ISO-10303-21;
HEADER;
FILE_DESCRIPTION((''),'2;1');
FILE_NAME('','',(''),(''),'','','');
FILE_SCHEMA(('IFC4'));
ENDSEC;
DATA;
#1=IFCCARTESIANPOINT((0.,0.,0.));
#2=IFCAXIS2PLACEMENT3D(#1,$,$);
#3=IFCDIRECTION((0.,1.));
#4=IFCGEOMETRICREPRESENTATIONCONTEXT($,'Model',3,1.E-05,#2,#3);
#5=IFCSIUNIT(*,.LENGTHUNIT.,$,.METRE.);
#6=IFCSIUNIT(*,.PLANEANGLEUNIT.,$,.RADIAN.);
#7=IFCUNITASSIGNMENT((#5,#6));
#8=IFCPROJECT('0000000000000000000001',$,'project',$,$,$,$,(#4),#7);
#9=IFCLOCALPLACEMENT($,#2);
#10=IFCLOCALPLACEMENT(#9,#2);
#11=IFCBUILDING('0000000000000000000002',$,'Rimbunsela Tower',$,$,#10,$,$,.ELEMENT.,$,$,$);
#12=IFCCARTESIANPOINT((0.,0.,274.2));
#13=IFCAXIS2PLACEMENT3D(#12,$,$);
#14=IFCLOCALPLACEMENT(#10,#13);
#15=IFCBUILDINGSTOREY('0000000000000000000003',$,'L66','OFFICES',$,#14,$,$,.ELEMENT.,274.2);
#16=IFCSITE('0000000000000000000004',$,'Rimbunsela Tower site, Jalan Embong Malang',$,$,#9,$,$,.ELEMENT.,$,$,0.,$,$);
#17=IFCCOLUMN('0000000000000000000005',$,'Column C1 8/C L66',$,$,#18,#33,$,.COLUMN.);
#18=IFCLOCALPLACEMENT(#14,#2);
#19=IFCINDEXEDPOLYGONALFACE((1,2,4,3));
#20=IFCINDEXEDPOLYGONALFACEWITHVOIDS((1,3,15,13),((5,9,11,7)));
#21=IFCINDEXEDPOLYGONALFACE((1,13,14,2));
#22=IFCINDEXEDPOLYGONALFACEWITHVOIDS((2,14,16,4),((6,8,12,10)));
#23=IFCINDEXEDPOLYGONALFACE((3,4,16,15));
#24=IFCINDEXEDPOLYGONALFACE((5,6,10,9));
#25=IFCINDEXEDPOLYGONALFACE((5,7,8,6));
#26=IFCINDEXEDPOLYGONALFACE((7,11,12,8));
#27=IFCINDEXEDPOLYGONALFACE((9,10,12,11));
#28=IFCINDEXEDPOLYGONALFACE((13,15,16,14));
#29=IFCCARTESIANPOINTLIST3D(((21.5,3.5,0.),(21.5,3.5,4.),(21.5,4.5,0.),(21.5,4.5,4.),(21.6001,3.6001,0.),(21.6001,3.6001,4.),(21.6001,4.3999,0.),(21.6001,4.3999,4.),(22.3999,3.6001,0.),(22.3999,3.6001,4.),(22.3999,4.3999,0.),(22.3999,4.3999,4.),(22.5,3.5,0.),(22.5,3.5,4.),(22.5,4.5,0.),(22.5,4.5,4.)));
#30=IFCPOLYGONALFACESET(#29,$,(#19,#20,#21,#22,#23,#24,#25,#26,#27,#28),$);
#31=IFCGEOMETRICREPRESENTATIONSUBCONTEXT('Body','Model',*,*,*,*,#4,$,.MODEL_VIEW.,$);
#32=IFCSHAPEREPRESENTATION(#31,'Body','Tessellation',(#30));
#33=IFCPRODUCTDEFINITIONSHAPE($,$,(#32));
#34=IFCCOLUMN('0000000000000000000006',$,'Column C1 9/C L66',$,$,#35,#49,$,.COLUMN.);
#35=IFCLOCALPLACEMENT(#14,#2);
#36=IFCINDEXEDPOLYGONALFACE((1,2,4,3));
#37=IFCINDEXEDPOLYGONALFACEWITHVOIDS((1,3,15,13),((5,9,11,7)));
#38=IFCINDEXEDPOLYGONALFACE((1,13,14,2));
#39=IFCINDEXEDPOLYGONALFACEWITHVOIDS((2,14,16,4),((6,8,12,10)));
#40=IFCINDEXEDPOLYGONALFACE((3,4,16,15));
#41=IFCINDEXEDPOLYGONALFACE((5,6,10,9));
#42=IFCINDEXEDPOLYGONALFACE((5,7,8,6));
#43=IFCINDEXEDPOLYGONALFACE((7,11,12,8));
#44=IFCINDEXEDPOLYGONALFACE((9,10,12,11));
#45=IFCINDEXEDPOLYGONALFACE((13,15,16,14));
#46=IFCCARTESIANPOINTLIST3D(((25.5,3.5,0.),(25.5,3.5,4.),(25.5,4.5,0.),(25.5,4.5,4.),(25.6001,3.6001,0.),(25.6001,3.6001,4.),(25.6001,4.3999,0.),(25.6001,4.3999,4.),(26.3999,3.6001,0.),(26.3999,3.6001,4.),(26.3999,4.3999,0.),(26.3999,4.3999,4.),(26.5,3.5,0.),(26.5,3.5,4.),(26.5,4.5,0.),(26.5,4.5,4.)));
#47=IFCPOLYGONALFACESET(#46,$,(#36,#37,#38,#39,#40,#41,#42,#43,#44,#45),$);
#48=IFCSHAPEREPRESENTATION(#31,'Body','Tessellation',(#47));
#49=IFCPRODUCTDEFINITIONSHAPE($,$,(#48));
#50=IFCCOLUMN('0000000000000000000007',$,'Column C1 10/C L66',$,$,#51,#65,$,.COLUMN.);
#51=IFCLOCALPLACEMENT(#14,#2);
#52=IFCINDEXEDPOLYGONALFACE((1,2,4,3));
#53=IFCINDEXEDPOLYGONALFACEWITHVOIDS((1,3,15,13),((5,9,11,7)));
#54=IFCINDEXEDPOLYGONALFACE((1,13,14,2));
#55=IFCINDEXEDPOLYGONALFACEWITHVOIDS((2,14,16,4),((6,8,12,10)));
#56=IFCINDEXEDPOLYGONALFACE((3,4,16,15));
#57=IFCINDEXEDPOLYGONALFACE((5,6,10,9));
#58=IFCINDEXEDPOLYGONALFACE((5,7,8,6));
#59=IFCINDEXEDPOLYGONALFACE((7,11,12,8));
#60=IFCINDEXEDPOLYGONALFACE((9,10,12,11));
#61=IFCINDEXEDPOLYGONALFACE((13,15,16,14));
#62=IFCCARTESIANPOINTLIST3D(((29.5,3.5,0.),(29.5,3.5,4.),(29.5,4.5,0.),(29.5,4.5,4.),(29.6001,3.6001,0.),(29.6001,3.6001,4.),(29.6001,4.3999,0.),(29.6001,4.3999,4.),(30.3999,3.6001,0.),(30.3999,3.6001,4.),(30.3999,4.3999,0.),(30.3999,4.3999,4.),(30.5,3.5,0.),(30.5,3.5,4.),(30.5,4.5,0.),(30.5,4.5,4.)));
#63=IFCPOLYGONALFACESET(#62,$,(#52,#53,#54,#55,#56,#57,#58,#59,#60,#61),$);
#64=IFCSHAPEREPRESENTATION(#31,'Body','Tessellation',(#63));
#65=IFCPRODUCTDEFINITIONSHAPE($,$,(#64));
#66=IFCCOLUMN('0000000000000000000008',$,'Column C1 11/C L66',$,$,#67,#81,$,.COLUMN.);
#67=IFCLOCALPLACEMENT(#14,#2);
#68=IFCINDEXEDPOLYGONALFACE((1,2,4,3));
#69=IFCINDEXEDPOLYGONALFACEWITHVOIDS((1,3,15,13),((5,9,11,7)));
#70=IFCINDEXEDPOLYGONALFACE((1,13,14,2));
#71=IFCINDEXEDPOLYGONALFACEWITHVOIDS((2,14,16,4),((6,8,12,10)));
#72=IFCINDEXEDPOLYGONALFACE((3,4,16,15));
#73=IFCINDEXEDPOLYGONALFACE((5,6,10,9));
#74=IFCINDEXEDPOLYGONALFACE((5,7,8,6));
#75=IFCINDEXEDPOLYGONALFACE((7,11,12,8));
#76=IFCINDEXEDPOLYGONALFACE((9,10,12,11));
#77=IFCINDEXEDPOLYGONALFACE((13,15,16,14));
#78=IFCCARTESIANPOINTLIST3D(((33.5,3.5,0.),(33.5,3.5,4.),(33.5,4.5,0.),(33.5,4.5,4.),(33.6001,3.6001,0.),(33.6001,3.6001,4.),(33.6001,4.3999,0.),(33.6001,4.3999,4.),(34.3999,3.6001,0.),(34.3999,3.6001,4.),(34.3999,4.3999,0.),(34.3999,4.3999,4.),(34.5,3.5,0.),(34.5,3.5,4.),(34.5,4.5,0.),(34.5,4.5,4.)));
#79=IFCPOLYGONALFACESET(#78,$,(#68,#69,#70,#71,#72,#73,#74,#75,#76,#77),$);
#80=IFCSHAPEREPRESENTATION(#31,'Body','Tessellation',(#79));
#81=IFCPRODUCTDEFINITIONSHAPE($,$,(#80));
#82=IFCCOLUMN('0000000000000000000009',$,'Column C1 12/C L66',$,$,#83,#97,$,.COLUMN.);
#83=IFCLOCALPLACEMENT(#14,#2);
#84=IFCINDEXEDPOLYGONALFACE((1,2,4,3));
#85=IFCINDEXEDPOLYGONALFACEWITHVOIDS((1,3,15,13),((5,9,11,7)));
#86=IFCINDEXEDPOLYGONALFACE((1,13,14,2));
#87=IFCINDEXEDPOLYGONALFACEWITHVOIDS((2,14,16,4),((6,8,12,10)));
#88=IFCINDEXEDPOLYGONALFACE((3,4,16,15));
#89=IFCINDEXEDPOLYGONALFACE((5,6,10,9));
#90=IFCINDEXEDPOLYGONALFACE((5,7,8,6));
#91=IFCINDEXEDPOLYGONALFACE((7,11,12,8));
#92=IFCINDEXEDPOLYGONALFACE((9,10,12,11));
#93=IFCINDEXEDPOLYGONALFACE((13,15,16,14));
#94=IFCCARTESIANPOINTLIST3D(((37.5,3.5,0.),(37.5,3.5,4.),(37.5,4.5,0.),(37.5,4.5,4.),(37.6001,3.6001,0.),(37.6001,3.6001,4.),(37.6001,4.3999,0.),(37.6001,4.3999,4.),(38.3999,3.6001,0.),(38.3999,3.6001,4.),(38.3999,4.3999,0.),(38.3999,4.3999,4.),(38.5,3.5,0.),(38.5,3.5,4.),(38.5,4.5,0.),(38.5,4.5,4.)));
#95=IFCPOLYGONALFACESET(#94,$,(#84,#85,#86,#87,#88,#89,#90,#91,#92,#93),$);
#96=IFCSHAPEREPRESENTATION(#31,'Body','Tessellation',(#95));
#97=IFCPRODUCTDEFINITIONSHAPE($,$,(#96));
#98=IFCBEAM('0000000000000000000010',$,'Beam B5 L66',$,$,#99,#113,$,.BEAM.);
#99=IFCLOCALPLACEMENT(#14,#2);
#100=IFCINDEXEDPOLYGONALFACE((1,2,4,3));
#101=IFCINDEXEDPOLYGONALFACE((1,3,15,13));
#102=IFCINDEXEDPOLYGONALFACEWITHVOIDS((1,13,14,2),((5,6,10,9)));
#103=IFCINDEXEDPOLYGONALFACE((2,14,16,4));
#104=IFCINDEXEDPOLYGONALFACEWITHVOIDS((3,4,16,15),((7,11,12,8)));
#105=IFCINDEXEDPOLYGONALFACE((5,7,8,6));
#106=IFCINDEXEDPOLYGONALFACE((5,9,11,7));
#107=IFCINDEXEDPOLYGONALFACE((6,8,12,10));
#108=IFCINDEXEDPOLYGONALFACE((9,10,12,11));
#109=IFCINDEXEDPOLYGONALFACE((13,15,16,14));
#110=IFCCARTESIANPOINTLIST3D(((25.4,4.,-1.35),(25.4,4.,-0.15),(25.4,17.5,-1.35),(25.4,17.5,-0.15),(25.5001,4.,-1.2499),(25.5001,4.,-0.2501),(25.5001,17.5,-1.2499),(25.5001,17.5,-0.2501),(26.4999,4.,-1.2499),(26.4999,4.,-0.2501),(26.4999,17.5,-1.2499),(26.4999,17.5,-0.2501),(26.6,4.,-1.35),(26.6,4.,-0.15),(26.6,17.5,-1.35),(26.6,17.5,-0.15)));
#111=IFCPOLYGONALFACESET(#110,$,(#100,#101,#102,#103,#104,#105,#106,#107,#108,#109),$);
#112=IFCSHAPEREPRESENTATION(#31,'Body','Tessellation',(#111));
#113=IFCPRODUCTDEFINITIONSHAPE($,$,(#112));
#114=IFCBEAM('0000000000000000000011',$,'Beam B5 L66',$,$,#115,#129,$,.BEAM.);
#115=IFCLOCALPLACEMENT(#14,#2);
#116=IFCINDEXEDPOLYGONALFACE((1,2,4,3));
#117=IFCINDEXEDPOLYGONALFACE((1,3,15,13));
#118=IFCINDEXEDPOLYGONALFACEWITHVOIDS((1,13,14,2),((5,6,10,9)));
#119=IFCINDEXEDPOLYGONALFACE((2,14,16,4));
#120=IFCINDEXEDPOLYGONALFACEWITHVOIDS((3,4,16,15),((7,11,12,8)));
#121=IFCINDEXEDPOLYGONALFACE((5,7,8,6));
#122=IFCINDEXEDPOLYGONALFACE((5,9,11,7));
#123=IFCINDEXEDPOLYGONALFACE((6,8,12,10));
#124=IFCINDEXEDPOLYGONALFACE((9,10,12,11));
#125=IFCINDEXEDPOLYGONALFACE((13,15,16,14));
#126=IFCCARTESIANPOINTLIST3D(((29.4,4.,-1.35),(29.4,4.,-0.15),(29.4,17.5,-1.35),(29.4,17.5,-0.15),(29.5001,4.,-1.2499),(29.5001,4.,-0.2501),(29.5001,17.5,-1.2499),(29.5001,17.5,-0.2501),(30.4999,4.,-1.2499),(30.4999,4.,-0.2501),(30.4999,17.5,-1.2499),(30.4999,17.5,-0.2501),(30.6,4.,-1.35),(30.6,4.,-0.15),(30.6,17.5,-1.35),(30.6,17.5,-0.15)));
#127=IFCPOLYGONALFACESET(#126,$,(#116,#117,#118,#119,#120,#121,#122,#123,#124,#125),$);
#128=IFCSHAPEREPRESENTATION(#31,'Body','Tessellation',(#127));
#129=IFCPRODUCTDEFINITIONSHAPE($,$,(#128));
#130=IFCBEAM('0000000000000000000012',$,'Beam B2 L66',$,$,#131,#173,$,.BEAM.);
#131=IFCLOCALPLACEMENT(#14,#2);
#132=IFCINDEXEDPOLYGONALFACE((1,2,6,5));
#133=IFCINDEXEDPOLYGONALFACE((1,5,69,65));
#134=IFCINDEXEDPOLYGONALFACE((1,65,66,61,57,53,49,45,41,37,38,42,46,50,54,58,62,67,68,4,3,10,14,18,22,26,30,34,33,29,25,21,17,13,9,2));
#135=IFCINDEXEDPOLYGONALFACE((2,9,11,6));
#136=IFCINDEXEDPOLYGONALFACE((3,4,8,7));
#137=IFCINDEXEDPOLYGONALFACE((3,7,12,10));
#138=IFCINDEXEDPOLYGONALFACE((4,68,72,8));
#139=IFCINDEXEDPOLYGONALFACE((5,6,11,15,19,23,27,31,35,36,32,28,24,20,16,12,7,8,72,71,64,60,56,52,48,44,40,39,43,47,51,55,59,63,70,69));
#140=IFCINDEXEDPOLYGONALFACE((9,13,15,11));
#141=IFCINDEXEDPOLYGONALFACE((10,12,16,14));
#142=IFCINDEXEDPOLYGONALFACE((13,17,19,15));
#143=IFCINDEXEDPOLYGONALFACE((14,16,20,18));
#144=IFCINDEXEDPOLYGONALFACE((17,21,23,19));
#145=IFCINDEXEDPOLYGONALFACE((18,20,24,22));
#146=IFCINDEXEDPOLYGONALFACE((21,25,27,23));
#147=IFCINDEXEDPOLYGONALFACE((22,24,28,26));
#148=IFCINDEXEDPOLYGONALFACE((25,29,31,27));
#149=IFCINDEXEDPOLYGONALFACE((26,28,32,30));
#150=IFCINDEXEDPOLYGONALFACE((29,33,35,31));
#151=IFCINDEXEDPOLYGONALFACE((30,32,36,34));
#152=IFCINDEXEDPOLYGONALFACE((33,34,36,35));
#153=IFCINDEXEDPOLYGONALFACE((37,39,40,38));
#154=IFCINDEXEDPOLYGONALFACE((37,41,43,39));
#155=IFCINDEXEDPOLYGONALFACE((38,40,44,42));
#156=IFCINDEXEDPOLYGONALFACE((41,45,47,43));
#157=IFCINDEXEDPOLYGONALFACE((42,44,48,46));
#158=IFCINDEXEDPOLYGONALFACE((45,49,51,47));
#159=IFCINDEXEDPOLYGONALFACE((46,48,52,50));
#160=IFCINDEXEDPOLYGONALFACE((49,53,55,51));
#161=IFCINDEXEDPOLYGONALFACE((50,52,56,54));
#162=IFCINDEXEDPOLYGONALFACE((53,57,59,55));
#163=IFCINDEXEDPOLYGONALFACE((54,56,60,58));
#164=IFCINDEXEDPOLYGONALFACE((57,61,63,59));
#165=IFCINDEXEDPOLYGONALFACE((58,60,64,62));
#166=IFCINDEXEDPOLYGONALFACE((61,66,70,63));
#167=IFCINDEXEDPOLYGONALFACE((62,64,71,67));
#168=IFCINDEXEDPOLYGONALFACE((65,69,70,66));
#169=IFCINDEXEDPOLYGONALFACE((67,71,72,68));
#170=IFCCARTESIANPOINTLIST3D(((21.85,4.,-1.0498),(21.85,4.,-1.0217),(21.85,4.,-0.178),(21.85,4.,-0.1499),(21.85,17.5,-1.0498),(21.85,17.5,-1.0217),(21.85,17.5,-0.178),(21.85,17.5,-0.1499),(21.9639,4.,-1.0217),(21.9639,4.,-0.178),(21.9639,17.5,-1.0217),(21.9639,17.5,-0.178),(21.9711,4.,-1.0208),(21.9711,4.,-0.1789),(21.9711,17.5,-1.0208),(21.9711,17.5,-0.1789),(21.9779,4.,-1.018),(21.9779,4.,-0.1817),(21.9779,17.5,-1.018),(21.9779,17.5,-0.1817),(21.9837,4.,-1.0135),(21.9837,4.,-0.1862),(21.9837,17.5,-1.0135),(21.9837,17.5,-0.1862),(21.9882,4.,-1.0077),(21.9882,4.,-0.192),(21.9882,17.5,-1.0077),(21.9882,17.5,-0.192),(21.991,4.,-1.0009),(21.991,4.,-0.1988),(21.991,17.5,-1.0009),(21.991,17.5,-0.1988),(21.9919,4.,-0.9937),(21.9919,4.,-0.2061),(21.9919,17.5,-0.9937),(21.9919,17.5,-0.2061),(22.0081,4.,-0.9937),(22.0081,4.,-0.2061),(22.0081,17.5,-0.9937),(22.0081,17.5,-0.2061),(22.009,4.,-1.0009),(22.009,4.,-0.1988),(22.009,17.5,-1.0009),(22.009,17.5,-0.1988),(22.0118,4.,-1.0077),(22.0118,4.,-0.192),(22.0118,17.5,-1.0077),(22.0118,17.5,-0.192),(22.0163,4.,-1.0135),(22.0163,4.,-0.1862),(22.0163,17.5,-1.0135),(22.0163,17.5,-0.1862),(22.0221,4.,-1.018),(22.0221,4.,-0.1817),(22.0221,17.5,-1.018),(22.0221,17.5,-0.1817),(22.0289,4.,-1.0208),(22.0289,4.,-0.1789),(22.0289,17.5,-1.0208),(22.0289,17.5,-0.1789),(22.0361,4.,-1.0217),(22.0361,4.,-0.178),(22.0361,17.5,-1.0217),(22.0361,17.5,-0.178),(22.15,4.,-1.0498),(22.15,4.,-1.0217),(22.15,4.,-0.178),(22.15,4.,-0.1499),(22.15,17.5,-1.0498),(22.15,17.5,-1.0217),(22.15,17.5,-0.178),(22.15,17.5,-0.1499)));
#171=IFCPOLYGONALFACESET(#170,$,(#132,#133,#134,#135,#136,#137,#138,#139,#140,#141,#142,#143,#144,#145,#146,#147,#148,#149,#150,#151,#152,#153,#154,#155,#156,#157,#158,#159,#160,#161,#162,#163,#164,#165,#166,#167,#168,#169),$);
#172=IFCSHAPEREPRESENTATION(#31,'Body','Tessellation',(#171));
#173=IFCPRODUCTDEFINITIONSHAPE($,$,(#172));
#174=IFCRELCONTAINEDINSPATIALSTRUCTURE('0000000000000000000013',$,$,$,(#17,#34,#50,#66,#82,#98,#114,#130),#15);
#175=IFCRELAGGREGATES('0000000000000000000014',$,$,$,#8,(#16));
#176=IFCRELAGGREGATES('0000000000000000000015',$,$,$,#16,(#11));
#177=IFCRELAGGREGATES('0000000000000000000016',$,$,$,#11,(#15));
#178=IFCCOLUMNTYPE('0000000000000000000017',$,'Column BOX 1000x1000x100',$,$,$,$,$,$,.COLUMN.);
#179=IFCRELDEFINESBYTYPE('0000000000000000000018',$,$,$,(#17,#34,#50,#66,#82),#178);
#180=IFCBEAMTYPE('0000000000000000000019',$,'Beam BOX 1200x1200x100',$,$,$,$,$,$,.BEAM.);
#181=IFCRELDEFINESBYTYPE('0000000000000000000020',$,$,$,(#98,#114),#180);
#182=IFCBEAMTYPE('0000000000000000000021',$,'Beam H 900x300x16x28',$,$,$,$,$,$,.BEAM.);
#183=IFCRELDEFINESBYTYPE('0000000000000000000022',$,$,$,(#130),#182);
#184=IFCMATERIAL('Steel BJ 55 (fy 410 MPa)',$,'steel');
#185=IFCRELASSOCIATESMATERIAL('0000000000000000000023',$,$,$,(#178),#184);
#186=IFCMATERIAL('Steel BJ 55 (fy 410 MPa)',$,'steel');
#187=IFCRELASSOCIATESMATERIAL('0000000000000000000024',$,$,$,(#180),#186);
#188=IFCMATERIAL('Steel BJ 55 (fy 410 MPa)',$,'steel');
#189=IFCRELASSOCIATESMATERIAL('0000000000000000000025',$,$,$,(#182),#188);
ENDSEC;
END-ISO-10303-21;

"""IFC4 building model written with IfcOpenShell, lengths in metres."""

from ifc_helpers import new_model, si_unit, direction, frame, origin, origin_2d, place, context, subcontext, project, spatial, hollow_rectangle, i_section, extrude, material, material_profile, profile_set, type_object, element, save


model = new_model("IFC4")

# Units and contexts
model_context = context("Model", 3, precision=1e-05, world=origin(), true_north=direction((0.0, 1.0)))
body_context = subcontext(model_context, "Body", "Model", "MODEL_VIEW")
ifc_project = project(units=[si_unit("LENGTHUNIT", "METRE"), si_unit("PLANEANGLEUNIT", "RADIAN")], contexts=[model_context])

# Site, building, storey
site_placement = place(None, origin())
site = spatial("IfcSite", under=ifc_project, at=site_placement, Name="Rimbunsela Tower site, Jalan Embong Malang", CompositionType="ELEMENT", RefElevation=0.0)
building_placement = place(site_placement, origin())
building = spatial("IfcBuilding", under=site, at=building_placement, Name="Rimbunsela Tower", CompositionType="ELEMENT")
storey_placement = place(building_placement, frame((0.0, 0.0, 274.2)))
storey = spatial("IfcBuildingStorey", under=building, at=storey_placement, Name="L66", Description="OFFICES", CompositionType="ELEMENT", Elevation=274.2)

# Columns
ifc_material_1 = material(Name="Steel BJ 55 (fy 410 MPa)", Category="steel")
ifc_material_profile_1 = material_profile(ifc_material_1, hollow_rectangle(XDim=1.0, YDim=1.0, WallThickness=0.1001, at=origin_2d()), Name="BOX 1000x1000x100")
ifc_profile_set_1 = profile_set([ifc_material_profile_1], Name="Steel BJ 55 (fy 410 MPa)")
column_type = type_object("IfcColumnType", Name="Column BOX 1000x1000x100", PredefinedType="COLUMN", material=ifc_profile_set_1)
for number, where, z_axis, x_axis, name in (
    (1, (22.0, 4.0, 0.0), (0.0, 0.0, 1.0), (1.0, 0.0, 0.0), "Column C1 8/C L66"),
    (2, (26.0, 4.0, 0.0), (0.0, 0.0, 1.0), (1.0, 0.0, 0.0), "Column C1 9/C L66"),
    (3, (30.0, 4.0, 0.0), (0.0, 0.0, 1.0), (1.0, 0.0, 0.0), "Column C1 10/C L66"),
    (4, (34.0, 4.0, 0.0), (0.0, 0.0, 1.0), (1.0, 0.0, 0.0), "Column C1 11/C L66"),
    (5, (38.0, 4.0, 0.0), (0.0, 0.0, 1.0), (1.0, 0.0, 0.0), "Column C1 12/C L66"),
):
    element("IfcColumn", number, at=place(storey_placement, frame(where, z_axis=z_axis, x_axis=x_axis)), inside=storey, type_object=column_type, Name=name, PredefinedType="COLUMN", context=body_context, shape_type="SweptSolid", body=[
        extrude(hollow_rectangle(XDim=1.0, YDim=1.0, WallThickness=0.1001, at=origin_2d()), origin(), (0.0, 0.0, 1.0), 4.0),
    ])

# Beams
ifc_material_2 = material(Name="Steel BJ 55 (fy 410 MPa)", Category="steel")
ifc_material_profile_2 = material_profile(ifc_material_2, hollow_rectangle(XDim=1.2, YDim=1.2, WallThickness=0.1001, at=origin_2d()), Name="BOX 1200x1200x100")
ifc_profile_set_2 = profile_set([ifc_material_profile_2], Name="Steel BJ 55 (fy 410 MPa)")
beam_type_1 = type_object("IfcBeamType", Name="Beam BOX 1200x1200x100", PredefinedType="BEAM", material=ifc_profile_set_2)
for number, where, z_axis, x_axis, name in (
    (6, (26.0, 4.0, -0.75), (0.0, 1.0, 0.0), (-1.0, 0.0, 0.0), "Beam B5 L66"),
    (7, (30.0, 4.0, -0.75), (0.0, 1.0, 0.0), (-1.0, 0.0, 0.0), "Beam B5 L66"),
):
    element("IfcBeam", number, at=place(storey_placement, frame(where, z_axis=z_axis, x_axis=x_axis)), inside=storey, type_object=beam_type_1, Name=name, PredefinedType="BEAM", context=body_context, shape_type="SweptSolid", body=[
        extrude(hollow_rectangle(XDim=1.2, YDim=1.2, WallThickness=0.1001, at=origin_2d()), origin(), (0.0, 0.0, 1.0), 13.5),
    ])
ifc_material_3 = material(Name="Steel BJ 55 (fy 410 MPa)", Category="steel")
ifc_material_profile_3 = material_profile(ifc_material_3, i_section(OverallWidth=0.3, OverallDepth=0.8999, WebThickness=0.0161, FlangeThickness=0.0281, FilletRadius=0.0281, at=origin_2d()), Name="H 900x300x16x28")
ifc_profile_set_3 = profile_set([ifc_material_profile_3], Name="Steel BJ 55 (fy 410 MPa)")
beam_type_2 = type_object("IfcBeamType", Name="Beam H 900x300x16x28", PredefinedType="BEAM", material=ifc_profile_set_3)
for number, where, z_axis, x_axis, name in (
    (8, (22.0, 4.0, -0.5999), (0.0, 1.0, 0.0), (-1.0, 0.0, 0.0), "Beam B2 L66"),
):
    element("IfcBeam", number, at=place(storey_placement, frame(where, z_axis=z_axis, x_axis=x_axis)), inside=storey, type_object=beam_type_2, Name=name, PredefinedType="BEAM", context=body_context, shape_type="SweptSolid", body=[
        extrude(i_section(OverallWidth=0.3, OverallDepth=0.8999, WebThickness=0.0161, FlangeThickness=0.0281, FilletRadius=0.0281, at=origin_2d()), origin(), (0.0, 0.0, 1.0), 13.5),
    ])

save(model, "model.ifc")
